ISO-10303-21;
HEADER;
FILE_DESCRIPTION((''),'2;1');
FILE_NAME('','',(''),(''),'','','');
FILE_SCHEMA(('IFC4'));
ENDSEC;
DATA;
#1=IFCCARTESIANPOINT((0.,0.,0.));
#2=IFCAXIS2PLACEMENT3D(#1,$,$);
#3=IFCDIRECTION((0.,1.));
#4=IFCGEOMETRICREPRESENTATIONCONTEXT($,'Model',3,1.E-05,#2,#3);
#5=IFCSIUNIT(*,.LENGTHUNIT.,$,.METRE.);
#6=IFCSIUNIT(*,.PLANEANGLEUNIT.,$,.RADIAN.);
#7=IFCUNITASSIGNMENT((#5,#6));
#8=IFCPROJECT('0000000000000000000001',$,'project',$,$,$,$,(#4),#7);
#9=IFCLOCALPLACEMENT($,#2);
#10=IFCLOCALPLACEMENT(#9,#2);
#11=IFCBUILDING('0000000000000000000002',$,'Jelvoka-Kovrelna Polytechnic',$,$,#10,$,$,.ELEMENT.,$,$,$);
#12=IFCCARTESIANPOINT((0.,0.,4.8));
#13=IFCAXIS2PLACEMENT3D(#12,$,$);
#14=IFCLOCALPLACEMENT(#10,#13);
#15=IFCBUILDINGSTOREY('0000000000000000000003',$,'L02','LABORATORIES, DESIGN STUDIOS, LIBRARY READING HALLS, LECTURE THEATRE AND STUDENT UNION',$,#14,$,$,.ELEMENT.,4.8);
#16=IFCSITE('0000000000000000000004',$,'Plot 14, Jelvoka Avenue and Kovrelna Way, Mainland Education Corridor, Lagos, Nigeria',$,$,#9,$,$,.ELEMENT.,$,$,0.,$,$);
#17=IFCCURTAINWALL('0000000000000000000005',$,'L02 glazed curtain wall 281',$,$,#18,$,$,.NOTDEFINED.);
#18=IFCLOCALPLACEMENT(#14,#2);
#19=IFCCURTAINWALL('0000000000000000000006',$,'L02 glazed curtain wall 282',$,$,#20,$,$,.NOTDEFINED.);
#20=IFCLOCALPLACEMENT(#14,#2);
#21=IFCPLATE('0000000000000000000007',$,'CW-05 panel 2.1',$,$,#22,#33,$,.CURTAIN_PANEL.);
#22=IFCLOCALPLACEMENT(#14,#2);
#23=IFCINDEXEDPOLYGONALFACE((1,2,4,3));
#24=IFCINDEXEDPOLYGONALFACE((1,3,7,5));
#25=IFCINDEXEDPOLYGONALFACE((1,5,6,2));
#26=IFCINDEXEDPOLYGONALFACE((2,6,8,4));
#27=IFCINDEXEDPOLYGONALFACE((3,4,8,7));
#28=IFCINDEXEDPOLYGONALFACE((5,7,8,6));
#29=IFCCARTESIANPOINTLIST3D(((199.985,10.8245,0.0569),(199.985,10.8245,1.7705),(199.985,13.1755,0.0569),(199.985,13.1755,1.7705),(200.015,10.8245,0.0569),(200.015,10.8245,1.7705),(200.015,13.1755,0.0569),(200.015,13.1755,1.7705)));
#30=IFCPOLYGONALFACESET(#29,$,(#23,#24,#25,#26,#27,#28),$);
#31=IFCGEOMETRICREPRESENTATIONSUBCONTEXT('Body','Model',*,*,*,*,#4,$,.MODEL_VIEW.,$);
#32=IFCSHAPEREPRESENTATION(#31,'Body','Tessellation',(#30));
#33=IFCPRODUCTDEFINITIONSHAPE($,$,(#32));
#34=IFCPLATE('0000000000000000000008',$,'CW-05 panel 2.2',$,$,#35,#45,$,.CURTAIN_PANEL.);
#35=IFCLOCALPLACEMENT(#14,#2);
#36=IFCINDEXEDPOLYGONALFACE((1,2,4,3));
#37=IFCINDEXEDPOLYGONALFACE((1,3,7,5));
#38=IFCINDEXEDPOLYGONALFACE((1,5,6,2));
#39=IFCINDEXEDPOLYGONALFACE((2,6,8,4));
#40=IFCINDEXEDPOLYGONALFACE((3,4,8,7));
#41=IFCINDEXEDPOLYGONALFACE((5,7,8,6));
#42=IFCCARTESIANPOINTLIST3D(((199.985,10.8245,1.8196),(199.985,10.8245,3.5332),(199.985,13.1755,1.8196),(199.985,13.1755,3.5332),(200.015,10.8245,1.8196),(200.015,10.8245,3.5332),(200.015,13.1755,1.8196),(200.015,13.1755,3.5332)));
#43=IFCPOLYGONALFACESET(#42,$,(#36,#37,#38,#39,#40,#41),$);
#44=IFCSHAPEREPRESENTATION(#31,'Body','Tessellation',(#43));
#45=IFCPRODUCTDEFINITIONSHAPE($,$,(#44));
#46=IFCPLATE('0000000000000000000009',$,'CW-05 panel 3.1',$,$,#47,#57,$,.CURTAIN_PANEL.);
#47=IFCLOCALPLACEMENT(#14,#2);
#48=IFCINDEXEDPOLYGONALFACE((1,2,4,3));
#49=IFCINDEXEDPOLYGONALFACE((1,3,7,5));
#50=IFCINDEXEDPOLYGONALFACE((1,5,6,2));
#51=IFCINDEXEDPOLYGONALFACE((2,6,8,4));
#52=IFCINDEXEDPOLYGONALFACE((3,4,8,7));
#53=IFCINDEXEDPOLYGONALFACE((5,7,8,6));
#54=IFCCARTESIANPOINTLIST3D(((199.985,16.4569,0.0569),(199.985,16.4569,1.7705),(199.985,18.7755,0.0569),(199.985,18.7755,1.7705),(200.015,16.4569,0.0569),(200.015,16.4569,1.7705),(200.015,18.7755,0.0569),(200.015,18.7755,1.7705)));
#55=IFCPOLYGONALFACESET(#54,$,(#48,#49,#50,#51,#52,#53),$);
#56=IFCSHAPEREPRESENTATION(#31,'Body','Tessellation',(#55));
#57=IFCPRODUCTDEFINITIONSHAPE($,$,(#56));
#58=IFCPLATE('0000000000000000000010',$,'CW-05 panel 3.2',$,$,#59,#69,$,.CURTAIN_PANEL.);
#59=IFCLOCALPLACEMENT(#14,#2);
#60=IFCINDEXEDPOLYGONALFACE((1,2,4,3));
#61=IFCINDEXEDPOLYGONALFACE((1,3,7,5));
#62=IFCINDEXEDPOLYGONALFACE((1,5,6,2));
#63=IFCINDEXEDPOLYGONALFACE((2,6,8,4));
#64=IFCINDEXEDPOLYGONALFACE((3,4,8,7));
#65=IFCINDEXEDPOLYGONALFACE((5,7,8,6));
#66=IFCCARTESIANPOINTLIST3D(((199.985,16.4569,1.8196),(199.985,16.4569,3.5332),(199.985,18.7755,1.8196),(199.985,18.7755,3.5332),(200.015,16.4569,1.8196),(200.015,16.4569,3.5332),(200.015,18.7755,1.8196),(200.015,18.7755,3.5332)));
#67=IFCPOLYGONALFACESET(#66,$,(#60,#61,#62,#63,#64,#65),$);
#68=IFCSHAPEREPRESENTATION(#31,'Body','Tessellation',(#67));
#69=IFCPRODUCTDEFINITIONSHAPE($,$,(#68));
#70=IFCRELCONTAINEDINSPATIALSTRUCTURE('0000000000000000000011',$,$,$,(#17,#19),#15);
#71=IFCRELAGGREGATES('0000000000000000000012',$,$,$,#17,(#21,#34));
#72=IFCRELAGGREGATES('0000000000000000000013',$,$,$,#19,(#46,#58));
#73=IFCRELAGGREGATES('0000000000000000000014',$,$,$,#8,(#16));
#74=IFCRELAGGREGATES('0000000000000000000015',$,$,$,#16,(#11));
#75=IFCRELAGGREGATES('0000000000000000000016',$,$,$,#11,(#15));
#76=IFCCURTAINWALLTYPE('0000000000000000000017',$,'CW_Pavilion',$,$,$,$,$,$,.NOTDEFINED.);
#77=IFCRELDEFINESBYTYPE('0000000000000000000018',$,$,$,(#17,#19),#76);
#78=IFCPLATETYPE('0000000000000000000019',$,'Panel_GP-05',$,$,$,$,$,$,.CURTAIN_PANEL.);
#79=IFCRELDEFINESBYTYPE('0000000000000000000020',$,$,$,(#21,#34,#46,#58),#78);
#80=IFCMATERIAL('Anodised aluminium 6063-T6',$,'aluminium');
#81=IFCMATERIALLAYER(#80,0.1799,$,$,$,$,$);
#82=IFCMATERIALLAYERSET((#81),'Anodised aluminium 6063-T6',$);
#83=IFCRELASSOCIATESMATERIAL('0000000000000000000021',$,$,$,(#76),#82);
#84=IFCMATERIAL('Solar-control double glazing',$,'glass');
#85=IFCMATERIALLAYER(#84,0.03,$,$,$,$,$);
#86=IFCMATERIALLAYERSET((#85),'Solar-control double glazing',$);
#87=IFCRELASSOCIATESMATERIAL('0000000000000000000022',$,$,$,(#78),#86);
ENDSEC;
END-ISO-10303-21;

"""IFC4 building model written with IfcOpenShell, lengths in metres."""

from ifc_helpers import new_model, si_unit, direction, frame, origin, origin_2d, place, context, subcontext, project, spatial, rectangle, extrude, material, layer, layer_set, type_object, element, aggregate, save


model = new_model("IFC4")

# Units and contexts
model_context = context("Model", 3, precision=1e-05, world=origin(), true_north=direction((0.0, 1.0)))
body_context = subcontext(model_context, "Body", "Model", "MODEL_VIEW")
ifc_project = project(units=[si_unit("LENGTHUNIT", "METRE"), si_unit("PLANEANGLEUNIT", "RADIAN")], contexts=[model_context])

# Site, building, storey
site_placement = place(None, origin())
site = spatial("IfcSite", under=ifc_project, at=site_placement, Name="Plot 14, Jelvoka Avenue and Kovrelna Way, Mainland Education Corridor, Lagos, Nigeria", CompositionType="ELEMENT", RefElevation=0.0)
building_placement = place(site_placement, origin())
building = spatial("IfcBuilding", under=site, at=building_placement, Name="Jelvoka-Kovrelna Polytechnic", CompositionType="ELEMENT")
storey_placement = place(building_placement, frame((0.0, 0.0, 4.8)))
storey = spatial("IfcBuildingStorey", under=building, at=storey_placement, Name="L02", Description="LABORATORIES, DESIGN STUDIOS, LIBRARY READING HALLS, LECTURE THEATRE AND STUDENT UNION", CompositionType="ELEMENT", Elevation=4.8)

# Curtain wall
ifc_material_1 = material(Name="Anodised aluminium 6063-T6", Category="aluminium")
ifc_layer_1 = layer(ifc_material_1, 0.1799)
ifc_layer_set_1 = layer_set([ifc_layer_1], Name="Anodised aluminium 6063-T6")
curtain_wall_type = type_object("IfcCurtainWallType", Name="CW_Pavilion", PredefinedType="NOTDEFINED", material=ifc_layer_set_1)
curtain_wall_1_placement = place(storey_placement, origin())
curtain_wall_1 = element("IfcCurtainWall", 1, at=curtain_wall_1_placement, inside=storey, type_object=curtain_wall_type, Name="L02 glazed curtain wall 281", PredefinedType="NOTDEFINED")

# Curtain wall
curtain_wall_2_placement = place(storey_placement, origin())
curtain_wall_2 = element("IfcCurtainWall", 2, at=curtain_wall_2_placement, inside=storey, type_object=curtain_wall_type, Name="L02 glazed curtain wall 282", PredefinedType="NOTDEFINED")

# Plates
ifc_material_2 = material(Name="Solar-control double glazing", Category="glass")
ifc_layer_2 = layer(ifc_material_2, 0.03)
ifc_layer_set_2 = layer_set([ifc_layer_2], Name="Solar-control double glazing")
plate_type = type_object("IfcPlateType", Name="Panel_GP-05", PredefinedType="CURTAIN_PANEL", material=ifc_layer_set_2)
plate_1_placement = place(storey_placement, frame((200.0, 12.0, 0.0569), z_axis=(0.0, 0.0, 1.0), x_axis=(0.0, -1.0, 0.0)))
plate_1 = element("IfcPlate", 3, at=plate_1_placement, type_object=plate_type, Name="CW-05 panel 2.1", PredefinedType="CURTAIN_PANEL", context=body_context, shape_type="SweptSolid", body=[
    extrude(rectangle(XDim=2.3511, YDim=0.03, at=origin_2d()), origin(), (0.0, 0.0, 1.0), 1.7136),
])
plate_2_placement = place(storey_placement, frame((200.0, 12.0, 1.8196), z_axis=(0.0, 0.0, 1.0), x_axis=(0.0, -1.0, 0.0)))
plate_2 = element("IfcPlate", 4, at=plate_2_placement, type_object=plate_type, Name="CW-05 panel 2.2", PredefinedType="CURTAIN_PANEL", context=body_context, shape_type="SweptSolid", body=[
    extrude(rectangle(XDim=2.3511, YDim=0.03, at=origin_2d()), origin(), (0.0, 0.0, 1.0), 1.7136),
])
aggregate(curtain_wall_1, [plate_1, plate_2])
plate_3_placement = place(storey_placement, frame((200.0, 17.6162, 0.0569), z_axis=(0.0, 0.0, 1.0), x_axis=(0.0, -1.0, 0.0)))
plate_3 = element("IfcPlate", 5, at=plate_3_placement, type_object=plate_type, Name="CW-05 panel 3.1", PredefinedType="CURTAIN_PANEL", context=body_context, shape_type="SweptSolid", body=[
    extrude(rectangle(XDim=2.3186, YDim=0.03, at=origin_2d()), origin(), (0.0, 0.0, 1.0), 1.7136),
])
plate_4_placement = place(storey_placement, frame((200.0, 17.6162, 1.8196), z_axis=(0.0, 0.0, 1.0), x_axis=(0.0, -1.0, 0.0)))
plate_4 = element("IfcPlate", 6, at=plate_4_placement, type_object=plate_type, Name="CW-05 panel 3.2", PredefinedType="CURTAIN_PANEL", context=body_context, shape_type="SweptSolid", body=[
    extrude(rectangle(XDim=2.3186, YDim=0.03, at=origin_2d()), origin(), (0.0, 0.0, 1.0), 1.7136),
])
aggregate(curtain_wall_2, [plate_3, plate_4])

save(model, "model.ifc")
